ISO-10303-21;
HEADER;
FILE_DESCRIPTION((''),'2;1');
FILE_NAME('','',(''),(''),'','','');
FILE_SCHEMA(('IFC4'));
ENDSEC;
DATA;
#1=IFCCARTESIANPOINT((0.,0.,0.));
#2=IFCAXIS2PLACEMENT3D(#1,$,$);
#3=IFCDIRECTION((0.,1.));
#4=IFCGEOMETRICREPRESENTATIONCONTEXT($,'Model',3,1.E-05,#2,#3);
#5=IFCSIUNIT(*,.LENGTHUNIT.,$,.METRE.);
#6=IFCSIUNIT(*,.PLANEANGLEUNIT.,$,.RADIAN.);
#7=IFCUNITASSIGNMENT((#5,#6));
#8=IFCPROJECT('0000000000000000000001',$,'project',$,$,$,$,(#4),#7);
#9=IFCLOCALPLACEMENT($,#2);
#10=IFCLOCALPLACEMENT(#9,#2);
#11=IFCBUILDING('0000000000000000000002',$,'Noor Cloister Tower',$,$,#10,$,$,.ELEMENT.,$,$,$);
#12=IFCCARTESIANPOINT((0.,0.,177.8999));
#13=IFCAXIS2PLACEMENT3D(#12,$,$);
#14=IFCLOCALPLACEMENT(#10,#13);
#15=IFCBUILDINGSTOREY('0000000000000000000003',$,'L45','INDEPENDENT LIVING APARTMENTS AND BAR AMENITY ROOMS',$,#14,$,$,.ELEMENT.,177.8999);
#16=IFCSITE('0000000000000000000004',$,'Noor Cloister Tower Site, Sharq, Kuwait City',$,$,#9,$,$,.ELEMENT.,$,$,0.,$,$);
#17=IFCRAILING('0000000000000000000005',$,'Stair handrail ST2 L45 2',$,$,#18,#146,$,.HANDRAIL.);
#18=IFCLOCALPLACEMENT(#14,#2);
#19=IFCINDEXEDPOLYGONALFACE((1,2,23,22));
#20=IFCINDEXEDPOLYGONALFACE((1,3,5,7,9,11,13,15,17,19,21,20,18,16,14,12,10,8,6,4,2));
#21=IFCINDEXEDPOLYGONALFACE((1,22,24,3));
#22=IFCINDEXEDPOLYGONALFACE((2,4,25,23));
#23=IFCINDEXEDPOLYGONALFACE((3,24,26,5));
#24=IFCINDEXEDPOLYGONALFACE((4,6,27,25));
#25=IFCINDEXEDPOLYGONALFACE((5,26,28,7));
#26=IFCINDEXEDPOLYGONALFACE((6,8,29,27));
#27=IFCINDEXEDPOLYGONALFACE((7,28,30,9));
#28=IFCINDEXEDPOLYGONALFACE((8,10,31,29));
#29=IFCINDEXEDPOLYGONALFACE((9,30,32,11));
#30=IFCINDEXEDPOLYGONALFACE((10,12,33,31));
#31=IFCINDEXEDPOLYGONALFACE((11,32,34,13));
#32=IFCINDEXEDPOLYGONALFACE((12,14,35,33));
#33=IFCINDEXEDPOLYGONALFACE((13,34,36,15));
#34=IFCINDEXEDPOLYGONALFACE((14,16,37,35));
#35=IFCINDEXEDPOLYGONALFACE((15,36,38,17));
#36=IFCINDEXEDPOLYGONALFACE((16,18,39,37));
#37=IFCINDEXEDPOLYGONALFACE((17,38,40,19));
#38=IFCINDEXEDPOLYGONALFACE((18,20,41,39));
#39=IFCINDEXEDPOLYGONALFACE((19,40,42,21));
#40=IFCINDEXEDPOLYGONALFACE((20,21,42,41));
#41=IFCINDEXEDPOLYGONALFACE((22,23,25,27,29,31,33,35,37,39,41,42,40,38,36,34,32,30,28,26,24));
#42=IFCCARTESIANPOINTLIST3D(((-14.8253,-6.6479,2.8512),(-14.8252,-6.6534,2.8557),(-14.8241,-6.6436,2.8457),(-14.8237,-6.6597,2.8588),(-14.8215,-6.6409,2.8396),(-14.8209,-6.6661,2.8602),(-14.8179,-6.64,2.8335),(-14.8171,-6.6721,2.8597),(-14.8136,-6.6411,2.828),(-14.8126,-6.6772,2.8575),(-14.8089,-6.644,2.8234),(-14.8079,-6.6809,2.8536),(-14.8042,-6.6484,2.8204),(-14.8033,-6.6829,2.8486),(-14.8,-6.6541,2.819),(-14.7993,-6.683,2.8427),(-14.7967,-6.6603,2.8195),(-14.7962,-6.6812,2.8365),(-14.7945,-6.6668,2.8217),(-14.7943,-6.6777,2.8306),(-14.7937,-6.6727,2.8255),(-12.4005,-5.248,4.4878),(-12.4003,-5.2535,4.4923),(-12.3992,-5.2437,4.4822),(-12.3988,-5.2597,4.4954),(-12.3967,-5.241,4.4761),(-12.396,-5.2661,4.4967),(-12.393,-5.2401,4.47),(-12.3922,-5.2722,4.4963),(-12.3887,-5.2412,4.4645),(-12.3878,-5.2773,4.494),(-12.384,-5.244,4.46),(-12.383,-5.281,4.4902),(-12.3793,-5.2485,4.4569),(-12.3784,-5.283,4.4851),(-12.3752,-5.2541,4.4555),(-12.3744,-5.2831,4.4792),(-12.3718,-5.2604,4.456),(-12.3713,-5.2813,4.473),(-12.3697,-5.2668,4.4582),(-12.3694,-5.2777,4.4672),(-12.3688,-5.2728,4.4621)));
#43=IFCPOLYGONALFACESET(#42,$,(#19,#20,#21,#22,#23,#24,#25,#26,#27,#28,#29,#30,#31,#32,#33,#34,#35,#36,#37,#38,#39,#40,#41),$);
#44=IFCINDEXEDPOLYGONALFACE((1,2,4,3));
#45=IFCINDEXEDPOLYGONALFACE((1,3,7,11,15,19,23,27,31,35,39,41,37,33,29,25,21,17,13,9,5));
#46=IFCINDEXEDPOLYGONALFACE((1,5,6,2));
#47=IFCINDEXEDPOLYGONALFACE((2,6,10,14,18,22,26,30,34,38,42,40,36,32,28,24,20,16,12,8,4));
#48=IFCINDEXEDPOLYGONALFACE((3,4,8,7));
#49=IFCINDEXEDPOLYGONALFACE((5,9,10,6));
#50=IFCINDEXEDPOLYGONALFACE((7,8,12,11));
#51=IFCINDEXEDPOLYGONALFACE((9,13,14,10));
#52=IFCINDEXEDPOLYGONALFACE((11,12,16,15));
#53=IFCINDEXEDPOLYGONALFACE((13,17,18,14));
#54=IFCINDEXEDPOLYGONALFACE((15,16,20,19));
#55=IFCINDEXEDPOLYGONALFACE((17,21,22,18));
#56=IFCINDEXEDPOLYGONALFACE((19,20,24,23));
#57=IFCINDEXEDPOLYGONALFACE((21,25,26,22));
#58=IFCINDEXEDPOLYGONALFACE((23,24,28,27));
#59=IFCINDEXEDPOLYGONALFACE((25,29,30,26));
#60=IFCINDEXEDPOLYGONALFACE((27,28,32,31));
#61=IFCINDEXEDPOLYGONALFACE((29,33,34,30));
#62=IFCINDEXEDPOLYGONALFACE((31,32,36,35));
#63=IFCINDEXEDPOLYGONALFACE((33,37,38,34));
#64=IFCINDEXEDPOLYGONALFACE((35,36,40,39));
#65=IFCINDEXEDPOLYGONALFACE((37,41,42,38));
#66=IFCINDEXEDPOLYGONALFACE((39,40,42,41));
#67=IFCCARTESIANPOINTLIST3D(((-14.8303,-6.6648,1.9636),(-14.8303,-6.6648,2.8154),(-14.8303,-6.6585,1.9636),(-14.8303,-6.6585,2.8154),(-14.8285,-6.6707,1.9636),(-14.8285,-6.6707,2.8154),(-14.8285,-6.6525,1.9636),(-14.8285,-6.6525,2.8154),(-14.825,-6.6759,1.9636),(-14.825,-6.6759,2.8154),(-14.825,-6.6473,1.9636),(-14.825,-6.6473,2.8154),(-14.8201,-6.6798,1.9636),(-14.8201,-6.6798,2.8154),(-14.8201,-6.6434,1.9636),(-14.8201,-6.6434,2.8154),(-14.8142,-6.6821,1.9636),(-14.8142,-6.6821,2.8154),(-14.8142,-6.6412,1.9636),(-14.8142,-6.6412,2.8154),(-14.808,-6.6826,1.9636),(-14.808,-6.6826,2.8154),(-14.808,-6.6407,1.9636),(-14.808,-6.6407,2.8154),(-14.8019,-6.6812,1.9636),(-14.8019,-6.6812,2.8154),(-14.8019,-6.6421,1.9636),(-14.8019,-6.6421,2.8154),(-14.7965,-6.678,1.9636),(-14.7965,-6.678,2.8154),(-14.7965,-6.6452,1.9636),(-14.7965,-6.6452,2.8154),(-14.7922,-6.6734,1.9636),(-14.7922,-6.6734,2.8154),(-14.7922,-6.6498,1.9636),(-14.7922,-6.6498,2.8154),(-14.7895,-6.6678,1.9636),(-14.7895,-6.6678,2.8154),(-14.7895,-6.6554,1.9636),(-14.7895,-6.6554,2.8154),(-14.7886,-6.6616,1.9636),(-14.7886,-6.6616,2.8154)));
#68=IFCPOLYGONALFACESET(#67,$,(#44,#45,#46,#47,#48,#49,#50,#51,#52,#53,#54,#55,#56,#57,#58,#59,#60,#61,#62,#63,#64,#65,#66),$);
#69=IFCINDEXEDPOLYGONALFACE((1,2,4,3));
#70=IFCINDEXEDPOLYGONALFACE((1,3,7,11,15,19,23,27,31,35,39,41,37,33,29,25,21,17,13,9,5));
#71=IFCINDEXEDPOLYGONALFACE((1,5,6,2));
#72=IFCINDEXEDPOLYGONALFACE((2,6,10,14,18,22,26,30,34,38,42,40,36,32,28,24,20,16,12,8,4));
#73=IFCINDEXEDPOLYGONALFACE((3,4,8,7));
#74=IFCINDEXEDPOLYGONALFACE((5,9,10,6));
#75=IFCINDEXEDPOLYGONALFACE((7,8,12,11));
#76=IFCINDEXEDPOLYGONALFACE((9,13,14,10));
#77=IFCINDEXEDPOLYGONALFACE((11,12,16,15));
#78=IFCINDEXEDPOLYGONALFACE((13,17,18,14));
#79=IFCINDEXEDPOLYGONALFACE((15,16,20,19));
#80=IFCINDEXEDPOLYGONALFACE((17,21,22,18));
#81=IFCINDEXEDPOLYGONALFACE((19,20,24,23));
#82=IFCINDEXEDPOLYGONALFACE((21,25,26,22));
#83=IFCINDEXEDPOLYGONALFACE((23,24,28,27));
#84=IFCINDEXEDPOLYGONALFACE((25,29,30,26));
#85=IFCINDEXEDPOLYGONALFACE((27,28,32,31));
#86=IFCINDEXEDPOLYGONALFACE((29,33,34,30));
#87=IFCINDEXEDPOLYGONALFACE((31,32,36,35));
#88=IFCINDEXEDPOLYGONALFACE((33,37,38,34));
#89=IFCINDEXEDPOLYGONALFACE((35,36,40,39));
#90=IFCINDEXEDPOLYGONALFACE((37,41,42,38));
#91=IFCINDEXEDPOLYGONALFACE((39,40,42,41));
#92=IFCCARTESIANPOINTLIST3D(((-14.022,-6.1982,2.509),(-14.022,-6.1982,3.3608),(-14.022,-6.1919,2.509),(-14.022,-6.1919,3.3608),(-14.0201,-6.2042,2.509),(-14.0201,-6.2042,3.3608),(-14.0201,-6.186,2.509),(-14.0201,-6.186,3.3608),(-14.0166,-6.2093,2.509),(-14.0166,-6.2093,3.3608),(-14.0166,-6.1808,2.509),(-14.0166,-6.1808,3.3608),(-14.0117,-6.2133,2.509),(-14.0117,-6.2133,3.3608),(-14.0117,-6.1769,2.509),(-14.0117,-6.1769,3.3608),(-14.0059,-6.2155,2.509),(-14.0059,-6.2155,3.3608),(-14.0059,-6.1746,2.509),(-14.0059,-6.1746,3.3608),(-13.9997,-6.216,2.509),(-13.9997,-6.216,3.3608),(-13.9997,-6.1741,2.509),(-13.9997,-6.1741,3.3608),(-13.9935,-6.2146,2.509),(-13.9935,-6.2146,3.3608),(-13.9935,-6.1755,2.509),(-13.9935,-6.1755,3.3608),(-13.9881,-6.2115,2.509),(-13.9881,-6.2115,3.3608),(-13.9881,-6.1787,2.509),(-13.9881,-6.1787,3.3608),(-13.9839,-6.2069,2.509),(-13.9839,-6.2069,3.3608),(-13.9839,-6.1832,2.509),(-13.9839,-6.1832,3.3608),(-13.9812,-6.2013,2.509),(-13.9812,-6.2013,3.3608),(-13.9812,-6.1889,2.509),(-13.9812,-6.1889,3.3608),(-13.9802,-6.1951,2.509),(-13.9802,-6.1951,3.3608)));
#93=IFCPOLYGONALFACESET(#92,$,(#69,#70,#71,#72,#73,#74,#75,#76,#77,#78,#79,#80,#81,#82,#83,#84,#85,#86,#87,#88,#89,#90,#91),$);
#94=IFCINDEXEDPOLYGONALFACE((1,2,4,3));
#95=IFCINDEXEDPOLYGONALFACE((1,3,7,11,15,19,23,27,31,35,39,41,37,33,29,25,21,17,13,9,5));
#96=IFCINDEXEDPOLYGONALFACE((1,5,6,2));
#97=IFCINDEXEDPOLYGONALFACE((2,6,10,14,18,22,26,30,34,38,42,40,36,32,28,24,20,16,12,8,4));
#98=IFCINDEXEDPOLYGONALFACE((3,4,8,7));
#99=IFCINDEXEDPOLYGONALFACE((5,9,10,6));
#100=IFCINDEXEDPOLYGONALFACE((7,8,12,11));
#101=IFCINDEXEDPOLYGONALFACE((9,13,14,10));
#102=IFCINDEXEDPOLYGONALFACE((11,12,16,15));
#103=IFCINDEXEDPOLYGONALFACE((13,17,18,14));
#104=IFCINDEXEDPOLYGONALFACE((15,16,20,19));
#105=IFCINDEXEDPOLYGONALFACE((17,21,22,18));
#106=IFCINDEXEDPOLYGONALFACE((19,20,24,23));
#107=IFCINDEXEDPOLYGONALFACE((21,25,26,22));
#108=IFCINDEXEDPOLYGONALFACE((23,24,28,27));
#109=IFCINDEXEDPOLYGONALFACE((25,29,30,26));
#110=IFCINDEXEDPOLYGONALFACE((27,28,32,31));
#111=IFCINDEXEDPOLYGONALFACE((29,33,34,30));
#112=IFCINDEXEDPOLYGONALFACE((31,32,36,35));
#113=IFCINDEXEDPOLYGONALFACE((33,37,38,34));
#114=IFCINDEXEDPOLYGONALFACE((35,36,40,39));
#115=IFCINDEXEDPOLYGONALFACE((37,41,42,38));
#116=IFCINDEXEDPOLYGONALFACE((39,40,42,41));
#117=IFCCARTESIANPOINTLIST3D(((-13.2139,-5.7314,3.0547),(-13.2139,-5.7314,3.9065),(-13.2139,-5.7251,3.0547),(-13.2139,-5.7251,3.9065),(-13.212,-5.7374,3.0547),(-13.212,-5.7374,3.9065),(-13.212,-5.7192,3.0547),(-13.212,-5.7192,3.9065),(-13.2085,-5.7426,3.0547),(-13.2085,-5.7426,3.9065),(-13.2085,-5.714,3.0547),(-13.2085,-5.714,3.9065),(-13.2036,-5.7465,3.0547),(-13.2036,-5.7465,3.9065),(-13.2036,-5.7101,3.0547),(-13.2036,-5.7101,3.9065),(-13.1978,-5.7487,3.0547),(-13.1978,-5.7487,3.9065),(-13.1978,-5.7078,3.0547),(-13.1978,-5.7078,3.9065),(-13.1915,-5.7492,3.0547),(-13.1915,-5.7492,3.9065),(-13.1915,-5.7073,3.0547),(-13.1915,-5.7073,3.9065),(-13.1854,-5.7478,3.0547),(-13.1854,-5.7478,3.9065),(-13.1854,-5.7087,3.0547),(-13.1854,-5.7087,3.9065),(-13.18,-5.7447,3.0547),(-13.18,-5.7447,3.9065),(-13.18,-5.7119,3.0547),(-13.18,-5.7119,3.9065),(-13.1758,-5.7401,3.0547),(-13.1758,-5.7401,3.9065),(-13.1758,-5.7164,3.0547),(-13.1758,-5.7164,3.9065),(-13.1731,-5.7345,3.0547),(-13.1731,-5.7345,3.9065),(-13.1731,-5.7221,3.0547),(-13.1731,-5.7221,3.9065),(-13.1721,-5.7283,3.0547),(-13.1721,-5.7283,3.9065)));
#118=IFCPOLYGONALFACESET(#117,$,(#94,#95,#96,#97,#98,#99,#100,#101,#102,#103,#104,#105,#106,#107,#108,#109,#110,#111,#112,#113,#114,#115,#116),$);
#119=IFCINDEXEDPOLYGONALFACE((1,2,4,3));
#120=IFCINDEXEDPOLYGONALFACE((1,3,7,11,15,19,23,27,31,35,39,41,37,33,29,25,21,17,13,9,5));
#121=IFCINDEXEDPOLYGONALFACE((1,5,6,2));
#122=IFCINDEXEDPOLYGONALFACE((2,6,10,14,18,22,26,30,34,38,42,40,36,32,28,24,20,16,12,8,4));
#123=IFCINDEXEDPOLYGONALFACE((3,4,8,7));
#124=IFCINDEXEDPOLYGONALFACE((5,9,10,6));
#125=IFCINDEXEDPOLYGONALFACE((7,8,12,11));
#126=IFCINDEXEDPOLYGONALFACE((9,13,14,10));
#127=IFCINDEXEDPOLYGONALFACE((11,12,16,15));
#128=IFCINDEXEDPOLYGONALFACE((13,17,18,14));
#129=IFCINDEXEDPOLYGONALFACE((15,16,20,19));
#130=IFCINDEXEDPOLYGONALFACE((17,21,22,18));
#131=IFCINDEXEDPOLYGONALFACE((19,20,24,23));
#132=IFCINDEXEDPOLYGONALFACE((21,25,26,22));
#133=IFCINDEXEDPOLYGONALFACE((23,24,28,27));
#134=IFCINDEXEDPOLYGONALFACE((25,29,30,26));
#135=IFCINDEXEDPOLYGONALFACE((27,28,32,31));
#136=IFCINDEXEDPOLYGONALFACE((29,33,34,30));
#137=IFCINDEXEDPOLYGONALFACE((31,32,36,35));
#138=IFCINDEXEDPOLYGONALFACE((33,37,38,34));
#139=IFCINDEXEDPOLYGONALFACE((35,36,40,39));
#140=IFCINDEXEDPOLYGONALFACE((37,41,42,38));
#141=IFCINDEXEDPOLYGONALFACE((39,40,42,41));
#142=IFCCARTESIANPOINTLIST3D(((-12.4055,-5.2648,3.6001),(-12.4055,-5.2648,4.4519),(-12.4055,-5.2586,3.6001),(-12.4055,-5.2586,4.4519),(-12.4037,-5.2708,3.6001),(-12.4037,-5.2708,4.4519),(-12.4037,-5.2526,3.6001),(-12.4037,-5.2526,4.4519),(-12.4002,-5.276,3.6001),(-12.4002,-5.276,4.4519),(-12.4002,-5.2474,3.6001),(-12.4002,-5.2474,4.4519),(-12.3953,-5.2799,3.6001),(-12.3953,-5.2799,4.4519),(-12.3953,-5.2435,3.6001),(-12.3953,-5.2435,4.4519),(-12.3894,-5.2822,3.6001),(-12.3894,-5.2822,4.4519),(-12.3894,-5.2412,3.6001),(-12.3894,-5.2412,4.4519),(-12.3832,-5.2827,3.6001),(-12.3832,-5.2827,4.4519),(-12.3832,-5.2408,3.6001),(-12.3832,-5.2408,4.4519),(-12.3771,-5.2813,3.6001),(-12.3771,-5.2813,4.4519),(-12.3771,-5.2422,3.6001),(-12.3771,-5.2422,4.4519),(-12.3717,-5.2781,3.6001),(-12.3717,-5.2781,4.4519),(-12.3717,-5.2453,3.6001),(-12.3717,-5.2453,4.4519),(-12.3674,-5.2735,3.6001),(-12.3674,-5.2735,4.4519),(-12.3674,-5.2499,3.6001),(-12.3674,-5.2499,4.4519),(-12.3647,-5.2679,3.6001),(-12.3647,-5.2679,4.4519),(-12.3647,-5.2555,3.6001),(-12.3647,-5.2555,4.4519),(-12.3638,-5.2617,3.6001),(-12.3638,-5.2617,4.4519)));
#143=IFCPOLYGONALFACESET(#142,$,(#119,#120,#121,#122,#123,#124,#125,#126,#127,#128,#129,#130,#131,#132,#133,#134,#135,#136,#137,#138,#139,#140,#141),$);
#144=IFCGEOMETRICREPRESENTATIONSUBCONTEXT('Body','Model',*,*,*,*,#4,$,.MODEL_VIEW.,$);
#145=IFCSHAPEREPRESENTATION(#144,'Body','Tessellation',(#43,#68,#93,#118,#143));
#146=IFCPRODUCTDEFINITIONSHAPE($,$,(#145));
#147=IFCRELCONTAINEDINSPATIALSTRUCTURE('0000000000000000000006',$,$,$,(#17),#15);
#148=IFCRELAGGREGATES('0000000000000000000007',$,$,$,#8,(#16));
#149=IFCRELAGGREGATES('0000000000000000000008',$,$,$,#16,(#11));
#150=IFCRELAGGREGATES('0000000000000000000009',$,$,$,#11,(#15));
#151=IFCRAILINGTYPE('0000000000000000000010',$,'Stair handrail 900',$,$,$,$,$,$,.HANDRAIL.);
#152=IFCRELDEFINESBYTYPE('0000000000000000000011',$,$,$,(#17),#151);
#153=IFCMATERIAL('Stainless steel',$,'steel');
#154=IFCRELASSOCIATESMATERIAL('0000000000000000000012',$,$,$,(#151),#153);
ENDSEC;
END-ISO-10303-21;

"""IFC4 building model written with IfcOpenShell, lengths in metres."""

from ifc_helpers import new_model, si_unit, direction, frame, origin, origin_2d, place, context, subcontext, project, spatial, circle, extrude, material, type_object, element, save


model = new_model("IFC4")

# Units and contexts
model_context = context("Model", 3, precision=1e-05, world=origin(), true_north=direction((0.0, 1.0)))
body_context = subcontext(model_context, "Body", "Model", "MODEL_VIEW")
ifc_project = project(units=[si_unit("LENGTHUNIT", "METRE"), si_unit("PLANEANGLEUNIT", "RADIAN")], contexts=[model_context])

# Site, building, storey
site_placement = place(None, origin())
site = spatial("IfcSite", under=ifc_project, at=site_placement, Name="Noor Cloister Tower Site, Sharq, Kuwait City", CompositionType="ELEMENT", RefElevation=0.0)
building_placement = place(site_placement, origin())
building = spatial("IfcBuilding", under=site, at=building_placement, Name="Noor Cloister Tower", CompositionType="ELEMENT")
storey_placement = place(building_placement, frame((0.0, 0.0, 177.8999)))
storey = spatial("IfcBuildingStorey", under=building, at=storey_placement, Name="L45", Description="INDEPENDENT LIVING APARTMENTS AND BAR AMENITY ROOMS", CompositionType="ELEMENT", Elevation=177.8999)

# Railing
ifc_material_1 = material(Name="Stainless steel", Category="steel")
railing_type = type_object("IfcRailingType", Name="Stair handrail 900", PredefinedType="HANDRAIL", material=ifc_material_1)
railing_placement = place(storey_placement, frame((-14.8096, -6.6616, 1.9636)))
element("IfcRailing", 1, at=railing_placement, inside=storey, type_object=railing_type, Name="Stair handrail ST2 L45 2", PredefinedType="HANDRAIL", context=body_context, shape_type="SweptSolid", body=[
    extrude(circle(Radius=0.0239, at=origin_2d()), frame((0.0, 0.0, 0.876), z_axis=(0.74769, 0.431661, 0.504608), x_axis=(-0.499984, 0.866035, 0.0)), (0.0, 0.0, 1.0), 3.2432),
    extrude(circle(Radius=0.021, at=origin_2d()), origin(), (0.0, 0.0, 1.0), 0.8518),
    extrude(circle(Radius=0.021, at=origin_2d()), frame((0.8083, 0.4666, 0.5454)), (0.0, 0.0, 1.0), 0.8518),
    extrude(circle(Radius=0.021, at=origin_2d()), frame((1.6165, 0.9333, 1.0911)), (0.0, 0.0, 1.0), 0.8518),
    extrude(circle(Radius=0.021, at=origin_2d()), frame((2.4248, 1.3999, 1.6365)), (0.0, 0.0, 1.0), 0.8518),
])

save(model, "model.ifc")
